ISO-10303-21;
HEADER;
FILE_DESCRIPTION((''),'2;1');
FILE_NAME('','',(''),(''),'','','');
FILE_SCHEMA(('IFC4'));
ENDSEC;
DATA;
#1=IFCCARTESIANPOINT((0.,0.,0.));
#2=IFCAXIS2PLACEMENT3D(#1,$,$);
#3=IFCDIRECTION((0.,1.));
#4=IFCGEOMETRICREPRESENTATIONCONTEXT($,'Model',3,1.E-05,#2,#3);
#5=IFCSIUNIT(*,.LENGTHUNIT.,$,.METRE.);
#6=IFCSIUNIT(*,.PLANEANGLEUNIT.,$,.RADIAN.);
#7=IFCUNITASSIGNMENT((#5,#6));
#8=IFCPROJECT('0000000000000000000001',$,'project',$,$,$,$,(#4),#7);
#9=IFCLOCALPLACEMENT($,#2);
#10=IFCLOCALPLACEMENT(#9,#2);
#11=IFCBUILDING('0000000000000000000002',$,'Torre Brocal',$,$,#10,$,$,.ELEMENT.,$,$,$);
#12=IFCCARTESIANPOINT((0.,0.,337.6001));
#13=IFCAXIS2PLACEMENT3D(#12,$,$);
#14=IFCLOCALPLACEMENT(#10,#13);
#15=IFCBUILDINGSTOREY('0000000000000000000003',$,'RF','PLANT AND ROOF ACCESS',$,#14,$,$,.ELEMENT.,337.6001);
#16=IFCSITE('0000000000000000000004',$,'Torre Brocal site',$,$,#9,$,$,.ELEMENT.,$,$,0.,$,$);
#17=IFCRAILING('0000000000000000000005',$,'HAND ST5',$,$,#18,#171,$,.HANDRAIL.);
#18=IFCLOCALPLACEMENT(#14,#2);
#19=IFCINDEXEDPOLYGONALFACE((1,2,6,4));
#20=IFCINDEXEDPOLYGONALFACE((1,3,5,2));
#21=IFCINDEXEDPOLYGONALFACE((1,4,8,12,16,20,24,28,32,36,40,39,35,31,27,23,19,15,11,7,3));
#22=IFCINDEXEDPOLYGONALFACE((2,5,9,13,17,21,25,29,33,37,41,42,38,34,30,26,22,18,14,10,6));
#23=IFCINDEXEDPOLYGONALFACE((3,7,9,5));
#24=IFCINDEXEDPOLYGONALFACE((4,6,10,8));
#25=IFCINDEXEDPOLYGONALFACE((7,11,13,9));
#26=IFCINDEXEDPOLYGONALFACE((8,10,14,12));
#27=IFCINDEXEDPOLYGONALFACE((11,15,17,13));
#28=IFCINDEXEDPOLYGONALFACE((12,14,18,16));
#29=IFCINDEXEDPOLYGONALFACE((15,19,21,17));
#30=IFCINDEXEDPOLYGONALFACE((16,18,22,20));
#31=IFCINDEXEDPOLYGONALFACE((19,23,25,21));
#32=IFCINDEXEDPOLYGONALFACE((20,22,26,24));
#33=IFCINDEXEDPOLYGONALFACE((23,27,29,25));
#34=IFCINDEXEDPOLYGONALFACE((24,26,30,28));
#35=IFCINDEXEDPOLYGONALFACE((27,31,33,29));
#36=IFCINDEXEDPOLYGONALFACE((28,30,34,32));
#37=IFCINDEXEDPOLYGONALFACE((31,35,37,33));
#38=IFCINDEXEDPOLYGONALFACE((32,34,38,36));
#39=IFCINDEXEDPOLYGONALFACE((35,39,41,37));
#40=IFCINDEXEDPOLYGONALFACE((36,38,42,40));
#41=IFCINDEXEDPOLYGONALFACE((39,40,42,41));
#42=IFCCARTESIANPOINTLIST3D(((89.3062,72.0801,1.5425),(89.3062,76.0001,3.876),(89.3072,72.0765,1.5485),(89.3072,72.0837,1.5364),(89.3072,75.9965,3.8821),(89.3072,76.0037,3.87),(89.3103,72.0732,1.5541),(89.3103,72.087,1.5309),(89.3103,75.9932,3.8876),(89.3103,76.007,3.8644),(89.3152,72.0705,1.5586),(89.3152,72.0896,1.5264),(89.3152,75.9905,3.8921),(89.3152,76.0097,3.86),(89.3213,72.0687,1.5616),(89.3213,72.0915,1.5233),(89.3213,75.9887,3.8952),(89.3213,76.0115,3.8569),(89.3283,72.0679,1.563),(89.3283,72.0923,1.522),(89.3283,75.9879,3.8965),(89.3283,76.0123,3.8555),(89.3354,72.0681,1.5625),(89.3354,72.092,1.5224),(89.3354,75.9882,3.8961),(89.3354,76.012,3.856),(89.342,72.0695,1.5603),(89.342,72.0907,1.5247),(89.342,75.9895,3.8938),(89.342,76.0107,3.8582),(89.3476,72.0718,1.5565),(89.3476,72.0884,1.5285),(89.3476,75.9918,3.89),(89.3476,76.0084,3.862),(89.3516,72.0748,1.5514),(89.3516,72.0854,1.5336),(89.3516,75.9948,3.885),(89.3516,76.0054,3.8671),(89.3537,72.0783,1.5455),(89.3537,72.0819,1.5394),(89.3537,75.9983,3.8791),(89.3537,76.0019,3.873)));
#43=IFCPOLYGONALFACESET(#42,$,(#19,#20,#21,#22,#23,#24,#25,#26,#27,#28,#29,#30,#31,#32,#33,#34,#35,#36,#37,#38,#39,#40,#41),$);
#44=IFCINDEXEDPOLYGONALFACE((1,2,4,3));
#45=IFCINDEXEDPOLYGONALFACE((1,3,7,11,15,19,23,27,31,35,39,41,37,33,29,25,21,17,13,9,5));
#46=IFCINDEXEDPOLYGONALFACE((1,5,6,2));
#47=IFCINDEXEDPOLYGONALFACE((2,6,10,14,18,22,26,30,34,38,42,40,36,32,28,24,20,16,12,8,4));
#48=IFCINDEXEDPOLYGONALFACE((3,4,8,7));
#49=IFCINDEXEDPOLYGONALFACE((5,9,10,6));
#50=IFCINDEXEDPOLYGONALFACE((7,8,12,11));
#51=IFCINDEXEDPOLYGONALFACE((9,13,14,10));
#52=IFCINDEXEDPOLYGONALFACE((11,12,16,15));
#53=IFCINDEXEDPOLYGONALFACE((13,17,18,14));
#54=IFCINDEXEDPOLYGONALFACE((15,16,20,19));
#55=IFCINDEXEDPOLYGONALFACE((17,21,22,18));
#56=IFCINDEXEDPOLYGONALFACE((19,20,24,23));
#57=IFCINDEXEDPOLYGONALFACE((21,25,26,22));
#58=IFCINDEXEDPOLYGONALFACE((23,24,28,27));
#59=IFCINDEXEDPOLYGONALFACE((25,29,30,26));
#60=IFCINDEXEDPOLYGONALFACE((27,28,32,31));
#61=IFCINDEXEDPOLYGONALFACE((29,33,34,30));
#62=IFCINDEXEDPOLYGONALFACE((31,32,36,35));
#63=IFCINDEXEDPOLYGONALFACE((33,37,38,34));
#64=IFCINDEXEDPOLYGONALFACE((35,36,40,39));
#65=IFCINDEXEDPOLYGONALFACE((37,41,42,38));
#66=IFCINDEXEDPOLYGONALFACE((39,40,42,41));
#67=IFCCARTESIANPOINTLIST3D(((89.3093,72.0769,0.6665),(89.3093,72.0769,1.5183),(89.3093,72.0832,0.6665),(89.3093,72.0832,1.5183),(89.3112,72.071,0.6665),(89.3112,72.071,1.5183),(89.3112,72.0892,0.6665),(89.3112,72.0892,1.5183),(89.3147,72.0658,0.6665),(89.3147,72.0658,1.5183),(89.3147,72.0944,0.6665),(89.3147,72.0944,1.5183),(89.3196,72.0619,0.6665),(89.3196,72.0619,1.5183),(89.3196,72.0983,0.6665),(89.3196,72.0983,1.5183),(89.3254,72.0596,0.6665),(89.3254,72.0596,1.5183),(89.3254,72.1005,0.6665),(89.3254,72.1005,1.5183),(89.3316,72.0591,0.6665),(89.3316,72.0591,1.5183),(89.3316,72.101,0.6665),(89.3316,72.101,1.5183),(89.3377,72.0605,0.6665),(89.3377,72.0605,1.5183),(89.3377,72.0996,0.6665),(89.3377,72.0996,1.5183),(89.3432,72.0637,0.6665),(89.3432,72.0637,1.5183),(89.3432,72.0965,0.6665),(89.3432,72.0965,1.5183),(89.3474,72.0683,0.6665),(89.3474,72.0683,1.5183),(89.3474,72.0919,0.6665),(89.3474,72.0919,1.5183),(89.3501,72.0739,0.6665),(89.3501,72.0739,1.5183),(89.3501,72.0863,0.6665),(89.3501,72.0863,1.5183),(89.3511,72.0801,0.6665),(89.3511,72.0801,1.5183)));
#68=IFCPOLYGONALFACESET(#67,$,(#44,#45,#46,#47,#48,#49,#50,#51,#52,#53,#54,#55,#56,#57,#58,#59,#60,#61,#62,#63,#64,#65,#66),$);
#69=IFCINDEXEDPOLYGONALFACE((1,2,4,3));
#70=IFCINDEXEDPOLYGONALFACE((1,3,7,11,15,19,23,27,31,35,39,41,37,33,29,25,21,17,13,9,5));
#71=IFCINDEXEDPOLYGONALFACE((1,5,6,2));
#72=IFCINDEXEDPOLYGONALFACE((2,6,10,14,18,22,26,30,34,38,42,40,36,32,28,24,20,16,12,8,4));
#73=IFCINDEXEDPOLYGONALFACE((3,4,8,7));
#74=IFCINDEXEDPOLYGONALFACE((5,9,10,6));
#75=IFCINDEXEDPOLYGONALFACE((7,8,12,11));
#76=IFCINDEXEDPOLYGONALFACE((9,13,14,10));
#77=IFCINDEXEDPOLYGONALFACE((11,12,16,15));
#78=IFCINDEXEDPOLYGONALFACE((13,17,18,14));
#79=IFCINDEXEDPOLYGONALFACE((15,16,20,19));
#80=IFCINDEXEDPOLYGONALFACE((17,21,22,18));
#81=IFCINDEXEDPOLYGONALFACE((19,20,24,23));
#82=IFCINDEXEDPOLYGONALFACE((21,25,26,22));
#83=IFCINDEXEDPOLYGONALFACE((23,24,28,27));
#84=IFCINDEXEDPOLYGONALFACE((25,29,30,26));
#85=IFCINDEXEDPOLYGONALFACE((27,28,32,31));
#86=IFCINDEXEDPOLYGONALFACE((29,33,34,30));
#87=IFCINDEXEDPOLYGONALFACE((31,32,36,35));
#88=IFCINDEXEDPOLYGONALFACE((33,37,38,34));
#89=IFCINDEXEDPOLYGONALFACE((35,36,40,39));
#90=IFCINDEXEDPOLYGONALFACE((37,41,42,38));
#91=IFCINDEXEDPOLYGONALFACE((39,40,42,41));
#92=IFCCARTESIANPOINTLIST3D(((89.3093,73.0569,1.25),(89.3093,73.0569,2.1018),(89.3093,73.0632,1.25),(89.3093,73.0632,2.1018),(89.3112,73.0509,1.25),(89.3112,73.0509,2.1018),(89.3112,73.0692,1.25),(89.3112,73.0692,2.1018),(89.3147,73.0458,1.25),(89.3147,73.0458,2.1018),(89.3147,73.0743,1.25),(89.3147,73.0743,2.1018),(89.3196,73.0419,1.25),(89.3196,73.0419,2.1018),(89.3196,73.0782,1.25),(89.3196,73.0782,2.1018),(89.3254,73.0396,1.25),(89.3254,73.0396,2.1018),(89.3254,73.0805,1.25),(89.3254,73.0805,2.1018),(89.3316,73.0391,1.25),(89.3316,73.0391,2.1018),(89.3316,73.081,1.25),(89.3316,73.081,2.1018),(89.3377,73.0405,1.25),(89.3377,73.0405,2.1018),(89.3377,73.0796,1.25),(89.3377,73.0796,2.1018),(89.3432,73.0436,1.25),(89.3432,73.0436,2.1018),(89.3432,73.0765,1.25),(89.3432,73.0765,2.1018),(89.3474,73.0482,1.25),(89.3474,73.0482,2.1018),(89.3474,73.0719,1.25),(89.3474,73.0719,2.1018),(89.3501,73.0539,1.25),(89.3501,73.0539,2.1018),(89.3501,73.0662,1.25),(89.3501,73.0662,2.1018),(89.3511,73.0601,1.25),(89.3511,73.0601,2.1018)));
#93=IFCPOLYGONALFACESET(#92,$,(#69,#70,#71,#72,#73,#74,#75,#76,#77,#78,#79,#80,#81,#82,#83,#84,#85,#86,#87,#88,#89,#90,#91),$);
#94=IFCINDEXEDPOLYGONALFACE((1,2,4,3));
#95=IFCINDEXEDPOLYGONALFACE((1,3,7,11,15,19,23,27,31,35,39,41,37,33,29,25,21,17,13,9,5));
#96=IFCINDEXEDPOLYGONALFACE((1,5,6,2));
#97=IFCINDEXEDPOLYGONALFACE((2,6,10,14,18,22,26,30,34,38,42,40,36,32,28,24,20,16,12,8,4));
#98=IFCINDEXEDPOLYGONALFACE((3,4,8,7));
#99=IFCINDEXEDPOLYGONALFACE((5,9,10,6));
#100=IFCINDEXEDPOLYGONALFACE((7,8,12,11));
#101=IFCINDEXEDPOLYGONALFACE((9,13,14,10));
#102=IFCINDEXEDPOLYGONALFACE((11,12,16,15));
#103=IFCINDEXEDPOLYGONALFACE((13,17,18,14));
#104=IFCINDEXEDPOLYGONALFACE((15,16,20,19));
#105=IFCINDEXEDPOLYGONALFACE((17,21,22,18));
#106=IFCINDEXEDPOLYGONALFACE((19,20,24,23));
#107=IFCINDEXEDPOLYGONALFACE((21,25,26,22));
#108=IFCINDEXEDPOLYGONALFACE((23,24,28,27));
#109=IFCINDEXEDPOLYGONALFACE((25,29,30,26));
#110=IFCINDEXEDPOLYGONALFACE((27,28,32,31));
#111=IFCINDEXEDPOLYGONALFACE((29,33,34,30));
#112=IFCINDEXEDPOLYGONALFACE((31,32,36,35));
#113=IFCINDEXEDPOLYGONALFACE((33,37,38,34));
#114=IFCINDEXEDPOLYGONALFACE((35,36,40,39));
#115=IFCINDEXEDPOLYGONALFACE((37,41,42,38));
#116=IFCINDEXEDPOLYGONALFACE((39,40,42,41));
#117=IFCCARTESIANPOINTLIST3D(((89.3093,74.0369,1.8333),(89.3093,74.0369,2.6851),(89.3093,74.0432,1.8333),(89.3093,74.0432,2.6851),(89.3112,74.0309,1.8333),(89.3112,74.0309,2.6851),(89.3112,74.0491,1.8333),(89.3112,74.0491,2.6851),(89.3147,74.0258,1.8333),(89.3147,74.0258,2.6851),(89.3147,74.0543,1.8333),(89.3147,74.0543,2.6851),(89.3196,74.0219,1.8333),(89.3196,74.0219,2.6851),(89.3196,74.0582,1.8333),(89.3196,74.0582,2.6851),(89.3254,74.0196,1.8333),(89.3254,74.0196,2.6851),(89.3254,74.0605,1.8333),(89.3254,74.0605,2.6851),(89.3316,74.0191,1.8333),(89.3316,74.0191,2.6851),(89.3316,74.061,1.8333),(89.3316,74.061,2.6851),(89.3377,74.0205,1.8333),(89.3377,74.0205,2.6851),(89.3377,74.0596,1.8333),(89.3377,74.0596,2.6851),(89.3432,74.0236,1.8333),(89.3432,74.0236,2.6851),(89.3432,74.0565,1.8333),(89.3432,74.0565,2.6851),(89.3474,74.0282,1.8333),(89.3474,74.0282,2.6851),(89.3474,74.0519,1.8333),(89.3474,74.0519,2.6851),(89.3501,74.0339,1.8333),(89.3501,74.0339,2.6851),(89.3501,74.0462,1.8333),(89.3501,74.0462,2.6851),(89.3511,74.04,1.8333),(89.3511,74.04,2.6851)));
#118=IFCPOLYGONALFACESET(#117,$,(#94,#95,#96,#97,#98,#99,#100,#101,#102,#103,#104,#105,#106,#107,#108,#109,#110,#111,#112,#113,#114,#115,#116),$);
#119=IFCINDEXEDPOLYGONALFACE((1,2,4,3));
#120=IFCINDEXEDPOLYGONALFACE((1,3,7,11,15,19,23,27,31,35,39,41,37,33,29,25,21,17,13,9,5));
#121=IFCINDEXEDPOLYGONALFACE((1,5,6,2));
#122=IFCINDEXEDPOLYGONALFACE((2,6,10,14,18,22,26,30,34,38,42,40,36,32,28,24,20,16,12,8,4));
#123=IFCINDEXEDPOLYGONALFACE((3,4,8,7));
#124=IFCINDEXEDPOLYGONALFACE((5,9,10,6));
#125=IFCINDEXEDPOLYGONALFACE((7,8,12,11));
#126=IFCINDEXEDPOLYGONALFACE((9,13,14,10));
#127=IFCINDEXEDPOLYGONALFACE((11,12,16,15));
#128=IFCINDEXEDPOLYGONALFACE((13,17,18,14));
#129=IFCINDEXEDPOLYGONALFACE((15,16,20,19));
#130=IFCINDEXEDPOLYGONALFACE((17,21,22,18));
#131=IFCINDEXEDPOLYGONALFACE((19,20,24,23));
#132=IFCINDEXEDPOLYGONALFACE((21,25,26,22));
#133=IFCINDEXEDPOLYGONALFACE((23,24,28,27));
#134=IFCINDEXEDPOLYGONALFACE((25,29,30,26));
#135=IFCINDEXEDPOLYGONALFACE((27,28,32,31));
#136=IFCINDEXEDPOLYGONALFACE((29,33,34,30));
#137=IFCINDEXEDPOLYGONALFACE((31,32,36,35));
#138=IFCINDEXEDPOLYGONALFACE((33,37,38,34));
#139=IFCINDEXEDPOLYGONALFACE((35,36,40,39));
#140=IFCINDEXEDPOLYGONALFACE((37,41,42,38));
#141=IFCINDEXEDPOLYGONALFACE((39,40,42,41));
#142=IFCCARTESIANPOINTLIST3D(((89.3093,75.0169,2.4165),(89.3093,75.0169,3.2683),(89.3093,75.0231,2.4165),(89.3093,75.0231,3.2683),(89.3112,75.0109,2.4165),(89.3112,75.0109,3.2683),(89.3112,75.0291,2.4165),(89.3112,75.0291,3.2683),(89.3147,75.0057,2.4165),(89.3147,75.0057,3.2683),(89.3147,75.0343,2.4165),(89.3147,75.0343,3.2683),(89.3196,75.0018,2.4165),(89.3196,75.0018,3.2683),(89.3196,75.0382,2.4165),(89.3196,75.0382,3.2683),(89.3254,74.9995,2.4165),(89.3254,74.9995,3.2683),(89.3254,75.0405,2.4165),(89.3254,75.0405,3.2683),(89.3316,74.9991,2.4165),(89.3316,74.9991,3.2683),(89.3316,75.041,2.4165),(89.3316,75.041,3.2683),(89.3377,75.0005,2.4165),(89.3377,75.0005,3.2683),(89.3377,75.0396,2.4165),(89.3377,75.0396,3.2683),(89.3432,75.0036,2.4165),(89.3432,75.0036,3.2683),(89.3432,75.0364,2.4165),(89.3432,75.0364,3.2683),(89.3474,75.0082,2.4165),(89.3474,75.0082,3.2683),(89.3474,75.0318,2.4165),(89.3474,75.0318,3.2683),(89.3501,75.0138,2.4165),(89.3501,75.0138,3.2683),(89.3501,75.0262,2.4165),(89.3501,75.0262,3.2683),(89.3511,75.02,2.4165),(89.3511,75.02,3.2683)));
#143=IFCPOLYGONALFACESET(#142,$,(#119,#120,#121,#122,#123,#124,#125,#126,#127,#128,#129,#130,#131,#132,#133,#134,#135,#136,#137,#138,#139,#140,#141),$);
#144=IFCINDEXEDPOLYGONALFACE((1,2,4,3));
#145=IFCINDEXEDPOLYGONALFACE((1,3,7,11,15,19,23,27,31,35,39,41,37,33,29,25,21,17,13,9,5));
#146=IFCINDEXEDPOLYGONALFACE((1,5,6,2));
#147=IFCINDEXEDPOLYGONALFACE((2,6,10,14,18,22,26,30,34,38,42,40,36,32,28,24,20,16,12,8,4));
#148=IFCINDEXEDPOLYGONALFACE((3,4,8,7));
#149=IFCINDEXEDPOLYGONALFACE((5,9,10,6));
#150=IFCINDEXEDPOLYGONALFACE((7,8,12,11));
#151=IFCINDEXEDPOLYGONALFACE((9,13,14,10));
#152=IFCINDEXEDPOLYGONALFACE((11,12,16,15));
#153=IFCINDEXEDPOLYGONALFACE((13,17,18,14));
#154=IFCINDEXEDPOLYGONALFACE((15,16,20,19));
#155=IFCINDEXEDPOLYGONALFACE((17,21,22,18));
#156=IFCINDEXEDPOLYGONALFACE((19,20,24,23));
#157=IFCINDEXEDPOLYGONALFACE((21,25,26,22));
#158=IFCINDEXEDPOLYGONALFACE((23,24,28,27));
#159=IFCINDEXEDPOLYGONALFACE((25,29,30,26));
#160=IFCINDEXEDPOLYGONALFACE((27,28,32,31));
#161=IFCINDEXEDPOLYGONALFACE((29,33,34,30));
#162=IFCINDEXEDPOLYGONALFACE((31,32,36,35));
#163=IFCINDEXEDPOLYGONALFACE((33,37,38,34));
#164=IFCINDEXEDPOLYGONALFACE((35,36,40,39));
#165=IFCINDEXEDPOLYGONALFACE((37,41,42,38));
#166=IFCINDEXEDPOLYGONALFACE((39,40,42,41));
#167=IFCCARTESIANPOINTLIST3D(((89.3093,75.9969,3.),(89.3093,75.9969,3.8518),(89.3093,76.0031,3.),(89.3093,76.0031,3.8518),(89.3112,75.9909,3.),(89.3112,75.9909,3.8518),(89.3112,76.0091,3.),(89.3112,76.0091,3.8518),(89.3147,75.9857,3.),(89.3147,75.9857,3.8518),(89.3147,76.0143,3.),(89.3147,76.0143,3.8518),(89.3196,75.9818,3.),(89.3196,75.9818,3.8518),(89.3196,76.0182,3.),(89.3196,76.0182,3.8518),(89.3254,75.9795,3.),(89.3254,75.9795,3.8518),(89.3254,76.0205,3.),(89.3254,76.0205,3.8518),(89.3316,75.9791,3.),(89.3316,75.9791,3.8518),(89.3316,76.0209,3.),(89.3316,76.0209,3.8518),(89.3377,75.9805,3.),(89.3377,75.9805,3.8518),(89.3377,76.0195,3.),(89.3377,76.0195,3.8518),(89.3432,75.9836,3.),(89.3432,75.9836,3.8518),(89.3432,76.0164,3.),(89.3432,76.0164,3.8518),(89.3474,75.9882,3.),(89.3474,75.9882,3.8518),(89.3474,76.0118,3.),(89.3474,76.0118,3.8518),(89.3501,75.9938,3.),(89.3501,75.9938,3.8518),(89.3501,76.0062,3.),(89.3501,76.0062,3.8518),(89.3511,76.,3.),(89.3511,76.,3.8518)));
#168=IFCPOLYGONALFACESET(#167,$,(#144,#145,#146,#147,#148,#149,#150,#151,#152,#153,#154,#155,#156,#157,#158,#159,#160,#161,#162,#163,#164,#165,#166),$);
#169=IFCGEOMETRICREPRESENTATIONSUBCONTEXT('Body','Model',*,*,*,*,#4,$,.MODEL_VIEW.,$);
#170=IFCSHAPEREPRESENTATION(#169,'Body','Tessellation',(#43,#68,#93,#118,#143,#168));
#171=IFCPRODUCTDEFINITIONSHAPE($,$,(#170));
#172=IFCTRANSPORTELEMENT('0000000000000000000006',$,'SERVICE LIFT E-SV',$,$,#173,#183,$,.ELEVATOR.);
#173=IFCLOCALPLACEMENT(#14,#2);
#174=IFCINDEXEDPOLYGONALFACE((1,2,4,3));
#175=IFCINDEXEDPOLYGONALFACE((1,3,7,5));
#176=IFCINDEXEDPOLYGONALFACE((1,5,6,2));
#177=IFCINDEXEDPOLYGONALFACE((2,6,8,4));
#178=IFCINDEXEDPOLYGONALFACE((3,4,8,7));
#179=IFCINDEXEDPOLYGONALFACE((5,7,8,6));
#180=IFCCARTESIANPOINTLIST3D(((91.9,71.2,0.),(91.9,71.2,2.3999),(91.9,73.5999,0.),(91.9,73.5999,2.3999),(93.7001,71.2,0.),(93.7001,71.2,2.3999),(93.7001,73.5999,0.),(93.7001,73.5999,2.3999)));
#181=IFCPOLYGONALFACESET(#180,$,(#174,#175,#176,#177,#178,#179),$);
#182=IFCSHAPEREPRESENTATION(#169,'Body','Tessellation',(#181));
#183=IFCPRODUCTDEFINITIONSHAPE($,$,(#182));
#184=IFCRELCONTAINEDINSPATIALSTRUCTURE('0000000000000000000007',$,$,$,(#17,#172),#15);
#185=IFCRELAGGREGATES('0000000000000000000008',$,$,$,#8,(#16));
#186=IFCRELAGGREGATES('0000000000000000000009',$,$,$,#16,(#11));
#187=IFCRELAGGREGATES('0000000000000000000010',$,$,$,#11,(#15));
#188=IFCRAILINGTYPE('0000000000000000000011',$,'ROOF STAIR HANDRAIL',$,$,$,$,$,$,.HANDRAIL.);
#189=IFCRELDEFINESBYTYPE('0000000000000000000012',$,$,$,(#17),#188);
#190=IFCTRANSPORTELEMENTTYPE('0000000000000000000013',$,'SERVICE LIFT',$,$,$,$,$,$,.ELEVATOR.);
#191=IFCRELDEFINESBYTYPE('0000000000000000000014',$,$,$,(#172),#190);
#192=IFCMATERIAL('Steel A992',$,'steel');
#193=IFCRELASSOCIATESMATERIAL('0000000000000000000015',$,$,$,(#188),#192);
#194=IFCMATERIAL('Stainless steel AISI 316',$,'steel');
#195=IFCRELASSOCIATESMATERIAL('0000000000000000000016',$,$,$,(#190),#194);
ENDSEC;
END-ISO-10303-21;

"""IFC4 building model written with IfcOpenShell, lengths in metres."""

from ifc_helpers import new_model, si_unit, direction, frame, origin, origin_2d, place, context, subcontext, project, spatial, rectangle, circle, extrude, material, type_object, element, save


model = new_model("IFC4")

# Units and contexts
model_context = context("Model", 3, precision=1e-05, world=origin(), true_north=direction((0.0, 1.0)))
body_context = subcontext(model_context, "Body", "Model", "MODEL_VIEW")
ifc_project = project(units=[si_unit("LENGTHUNIT", "METRE"), si_unit("PLANEANGLEUNIT", "RADIAN")], contexts=[model_context])

# Site, building, storey
site_placement = place(None, origin())
site = spatial("IfcSite", under=ifc_project, at=site_placement, Name="Torre Brocal site", CompositionType="ELEMENT", RefElevation=0.0)
building_placement = place(site_placement, origin())
building = spatial("IfcBuilding", under=site, at=building_placement, Name="Torre Brocal", CompositionType="ELEMENT")
storey_placement = place(building_placement, frame((0.0, 0.0, 337.6001)))
storey = spatial("IfcBuildingStorey", under=building, at=storey_placement, Name="RF", Description="PLANT AND ROOF ACCESS", CompositionType="ELEMENT", Elevation=337.6001)

# Railing
ifc_material_1 = material(Name="Steel A992", Category="steel")
railing_type_1 = type_object("IfcRailingType", Name="ROOF STAIR HANDRAIL", PredefinedType="HANDRAIL", material=ifc_material_1)
for number, where, name in (
    (1, (89.3301, 72.0801, 0.6665), "HAND ST5"),
):
    element("IfcRailing", number, at=place(storey_placement, frame(where)), inside=storey, type_object=railing_type_1, Name=name, PredefinedType="HANDRAIL", context=body_context, shape_type="SweptSolid", body=[
        extrude(circle(Radius=0.0239, at=origin_2d()), frame((0.0, 0.0, 0.876), z_axis=(0.0, 0.859273, 0.511518), x_axis=(-1.0, 0.0, 0.0)), (0.0, 0.0, 1.0), 4.562),
        extrude(circle(Radius=0.021, at=origin_2d()), origin(), (0.0, 0.0, 1.0), 0.8518),
        extrude(circle(Radius=0.021, at=origin_2d()), frame((0.0, 0.98, 0.5835)), (0.0, 0.0, 1.0), 0.8518),
        extrude(circle(Radius=0.021, at=origin_2d()), frame((0.0, 1.96, 1.1667)), (0.0, 0.0, 1.0), 0.8518),
        extrude(circle(Radius=0.021, at=origin_2d()), frame((0.0, 2.9399, 1.75)), (0.0, 0.0, 1.0), 0.8518),
        extrude(circle(Radius=0.021, at=origin_2d()), frame((0.0, 3.9199, 2.3335)), (0.0, 0.0, 1.0), 0.8518),
    ])

# Transport element
ifc_material_2 = material(Name="Stainless steel AISI 316", Category="steel")
transport_element_type = type_object("IfcTransportElementType", Name="SERVICE LIFT", PredefinedType="ELEVATOR", material=ifc_material_2)
transport_element_placement = place(storey_placement, frame((92.8, 72.3999, 0.0), z_axis=(0.0, 0.0, 1.0), x_axis=(1.0, 0.0, 0.0)))
element("IfcTransportElement", 2, at=transport_element_placement, inside=storey, type_object=transport_element_type, Name="SERVICE LIFT E-SV", PredefinedType="ELEVATOR", context=body_context, shape_type="SweptSolid", body=[
    extrude(rectangle(XDim=1.8, YDim=2.3999, at=origin_2d()), origin(), (0.0, 0.0, 1.0), 2.3999),
])

save(model, "model.ifc")
